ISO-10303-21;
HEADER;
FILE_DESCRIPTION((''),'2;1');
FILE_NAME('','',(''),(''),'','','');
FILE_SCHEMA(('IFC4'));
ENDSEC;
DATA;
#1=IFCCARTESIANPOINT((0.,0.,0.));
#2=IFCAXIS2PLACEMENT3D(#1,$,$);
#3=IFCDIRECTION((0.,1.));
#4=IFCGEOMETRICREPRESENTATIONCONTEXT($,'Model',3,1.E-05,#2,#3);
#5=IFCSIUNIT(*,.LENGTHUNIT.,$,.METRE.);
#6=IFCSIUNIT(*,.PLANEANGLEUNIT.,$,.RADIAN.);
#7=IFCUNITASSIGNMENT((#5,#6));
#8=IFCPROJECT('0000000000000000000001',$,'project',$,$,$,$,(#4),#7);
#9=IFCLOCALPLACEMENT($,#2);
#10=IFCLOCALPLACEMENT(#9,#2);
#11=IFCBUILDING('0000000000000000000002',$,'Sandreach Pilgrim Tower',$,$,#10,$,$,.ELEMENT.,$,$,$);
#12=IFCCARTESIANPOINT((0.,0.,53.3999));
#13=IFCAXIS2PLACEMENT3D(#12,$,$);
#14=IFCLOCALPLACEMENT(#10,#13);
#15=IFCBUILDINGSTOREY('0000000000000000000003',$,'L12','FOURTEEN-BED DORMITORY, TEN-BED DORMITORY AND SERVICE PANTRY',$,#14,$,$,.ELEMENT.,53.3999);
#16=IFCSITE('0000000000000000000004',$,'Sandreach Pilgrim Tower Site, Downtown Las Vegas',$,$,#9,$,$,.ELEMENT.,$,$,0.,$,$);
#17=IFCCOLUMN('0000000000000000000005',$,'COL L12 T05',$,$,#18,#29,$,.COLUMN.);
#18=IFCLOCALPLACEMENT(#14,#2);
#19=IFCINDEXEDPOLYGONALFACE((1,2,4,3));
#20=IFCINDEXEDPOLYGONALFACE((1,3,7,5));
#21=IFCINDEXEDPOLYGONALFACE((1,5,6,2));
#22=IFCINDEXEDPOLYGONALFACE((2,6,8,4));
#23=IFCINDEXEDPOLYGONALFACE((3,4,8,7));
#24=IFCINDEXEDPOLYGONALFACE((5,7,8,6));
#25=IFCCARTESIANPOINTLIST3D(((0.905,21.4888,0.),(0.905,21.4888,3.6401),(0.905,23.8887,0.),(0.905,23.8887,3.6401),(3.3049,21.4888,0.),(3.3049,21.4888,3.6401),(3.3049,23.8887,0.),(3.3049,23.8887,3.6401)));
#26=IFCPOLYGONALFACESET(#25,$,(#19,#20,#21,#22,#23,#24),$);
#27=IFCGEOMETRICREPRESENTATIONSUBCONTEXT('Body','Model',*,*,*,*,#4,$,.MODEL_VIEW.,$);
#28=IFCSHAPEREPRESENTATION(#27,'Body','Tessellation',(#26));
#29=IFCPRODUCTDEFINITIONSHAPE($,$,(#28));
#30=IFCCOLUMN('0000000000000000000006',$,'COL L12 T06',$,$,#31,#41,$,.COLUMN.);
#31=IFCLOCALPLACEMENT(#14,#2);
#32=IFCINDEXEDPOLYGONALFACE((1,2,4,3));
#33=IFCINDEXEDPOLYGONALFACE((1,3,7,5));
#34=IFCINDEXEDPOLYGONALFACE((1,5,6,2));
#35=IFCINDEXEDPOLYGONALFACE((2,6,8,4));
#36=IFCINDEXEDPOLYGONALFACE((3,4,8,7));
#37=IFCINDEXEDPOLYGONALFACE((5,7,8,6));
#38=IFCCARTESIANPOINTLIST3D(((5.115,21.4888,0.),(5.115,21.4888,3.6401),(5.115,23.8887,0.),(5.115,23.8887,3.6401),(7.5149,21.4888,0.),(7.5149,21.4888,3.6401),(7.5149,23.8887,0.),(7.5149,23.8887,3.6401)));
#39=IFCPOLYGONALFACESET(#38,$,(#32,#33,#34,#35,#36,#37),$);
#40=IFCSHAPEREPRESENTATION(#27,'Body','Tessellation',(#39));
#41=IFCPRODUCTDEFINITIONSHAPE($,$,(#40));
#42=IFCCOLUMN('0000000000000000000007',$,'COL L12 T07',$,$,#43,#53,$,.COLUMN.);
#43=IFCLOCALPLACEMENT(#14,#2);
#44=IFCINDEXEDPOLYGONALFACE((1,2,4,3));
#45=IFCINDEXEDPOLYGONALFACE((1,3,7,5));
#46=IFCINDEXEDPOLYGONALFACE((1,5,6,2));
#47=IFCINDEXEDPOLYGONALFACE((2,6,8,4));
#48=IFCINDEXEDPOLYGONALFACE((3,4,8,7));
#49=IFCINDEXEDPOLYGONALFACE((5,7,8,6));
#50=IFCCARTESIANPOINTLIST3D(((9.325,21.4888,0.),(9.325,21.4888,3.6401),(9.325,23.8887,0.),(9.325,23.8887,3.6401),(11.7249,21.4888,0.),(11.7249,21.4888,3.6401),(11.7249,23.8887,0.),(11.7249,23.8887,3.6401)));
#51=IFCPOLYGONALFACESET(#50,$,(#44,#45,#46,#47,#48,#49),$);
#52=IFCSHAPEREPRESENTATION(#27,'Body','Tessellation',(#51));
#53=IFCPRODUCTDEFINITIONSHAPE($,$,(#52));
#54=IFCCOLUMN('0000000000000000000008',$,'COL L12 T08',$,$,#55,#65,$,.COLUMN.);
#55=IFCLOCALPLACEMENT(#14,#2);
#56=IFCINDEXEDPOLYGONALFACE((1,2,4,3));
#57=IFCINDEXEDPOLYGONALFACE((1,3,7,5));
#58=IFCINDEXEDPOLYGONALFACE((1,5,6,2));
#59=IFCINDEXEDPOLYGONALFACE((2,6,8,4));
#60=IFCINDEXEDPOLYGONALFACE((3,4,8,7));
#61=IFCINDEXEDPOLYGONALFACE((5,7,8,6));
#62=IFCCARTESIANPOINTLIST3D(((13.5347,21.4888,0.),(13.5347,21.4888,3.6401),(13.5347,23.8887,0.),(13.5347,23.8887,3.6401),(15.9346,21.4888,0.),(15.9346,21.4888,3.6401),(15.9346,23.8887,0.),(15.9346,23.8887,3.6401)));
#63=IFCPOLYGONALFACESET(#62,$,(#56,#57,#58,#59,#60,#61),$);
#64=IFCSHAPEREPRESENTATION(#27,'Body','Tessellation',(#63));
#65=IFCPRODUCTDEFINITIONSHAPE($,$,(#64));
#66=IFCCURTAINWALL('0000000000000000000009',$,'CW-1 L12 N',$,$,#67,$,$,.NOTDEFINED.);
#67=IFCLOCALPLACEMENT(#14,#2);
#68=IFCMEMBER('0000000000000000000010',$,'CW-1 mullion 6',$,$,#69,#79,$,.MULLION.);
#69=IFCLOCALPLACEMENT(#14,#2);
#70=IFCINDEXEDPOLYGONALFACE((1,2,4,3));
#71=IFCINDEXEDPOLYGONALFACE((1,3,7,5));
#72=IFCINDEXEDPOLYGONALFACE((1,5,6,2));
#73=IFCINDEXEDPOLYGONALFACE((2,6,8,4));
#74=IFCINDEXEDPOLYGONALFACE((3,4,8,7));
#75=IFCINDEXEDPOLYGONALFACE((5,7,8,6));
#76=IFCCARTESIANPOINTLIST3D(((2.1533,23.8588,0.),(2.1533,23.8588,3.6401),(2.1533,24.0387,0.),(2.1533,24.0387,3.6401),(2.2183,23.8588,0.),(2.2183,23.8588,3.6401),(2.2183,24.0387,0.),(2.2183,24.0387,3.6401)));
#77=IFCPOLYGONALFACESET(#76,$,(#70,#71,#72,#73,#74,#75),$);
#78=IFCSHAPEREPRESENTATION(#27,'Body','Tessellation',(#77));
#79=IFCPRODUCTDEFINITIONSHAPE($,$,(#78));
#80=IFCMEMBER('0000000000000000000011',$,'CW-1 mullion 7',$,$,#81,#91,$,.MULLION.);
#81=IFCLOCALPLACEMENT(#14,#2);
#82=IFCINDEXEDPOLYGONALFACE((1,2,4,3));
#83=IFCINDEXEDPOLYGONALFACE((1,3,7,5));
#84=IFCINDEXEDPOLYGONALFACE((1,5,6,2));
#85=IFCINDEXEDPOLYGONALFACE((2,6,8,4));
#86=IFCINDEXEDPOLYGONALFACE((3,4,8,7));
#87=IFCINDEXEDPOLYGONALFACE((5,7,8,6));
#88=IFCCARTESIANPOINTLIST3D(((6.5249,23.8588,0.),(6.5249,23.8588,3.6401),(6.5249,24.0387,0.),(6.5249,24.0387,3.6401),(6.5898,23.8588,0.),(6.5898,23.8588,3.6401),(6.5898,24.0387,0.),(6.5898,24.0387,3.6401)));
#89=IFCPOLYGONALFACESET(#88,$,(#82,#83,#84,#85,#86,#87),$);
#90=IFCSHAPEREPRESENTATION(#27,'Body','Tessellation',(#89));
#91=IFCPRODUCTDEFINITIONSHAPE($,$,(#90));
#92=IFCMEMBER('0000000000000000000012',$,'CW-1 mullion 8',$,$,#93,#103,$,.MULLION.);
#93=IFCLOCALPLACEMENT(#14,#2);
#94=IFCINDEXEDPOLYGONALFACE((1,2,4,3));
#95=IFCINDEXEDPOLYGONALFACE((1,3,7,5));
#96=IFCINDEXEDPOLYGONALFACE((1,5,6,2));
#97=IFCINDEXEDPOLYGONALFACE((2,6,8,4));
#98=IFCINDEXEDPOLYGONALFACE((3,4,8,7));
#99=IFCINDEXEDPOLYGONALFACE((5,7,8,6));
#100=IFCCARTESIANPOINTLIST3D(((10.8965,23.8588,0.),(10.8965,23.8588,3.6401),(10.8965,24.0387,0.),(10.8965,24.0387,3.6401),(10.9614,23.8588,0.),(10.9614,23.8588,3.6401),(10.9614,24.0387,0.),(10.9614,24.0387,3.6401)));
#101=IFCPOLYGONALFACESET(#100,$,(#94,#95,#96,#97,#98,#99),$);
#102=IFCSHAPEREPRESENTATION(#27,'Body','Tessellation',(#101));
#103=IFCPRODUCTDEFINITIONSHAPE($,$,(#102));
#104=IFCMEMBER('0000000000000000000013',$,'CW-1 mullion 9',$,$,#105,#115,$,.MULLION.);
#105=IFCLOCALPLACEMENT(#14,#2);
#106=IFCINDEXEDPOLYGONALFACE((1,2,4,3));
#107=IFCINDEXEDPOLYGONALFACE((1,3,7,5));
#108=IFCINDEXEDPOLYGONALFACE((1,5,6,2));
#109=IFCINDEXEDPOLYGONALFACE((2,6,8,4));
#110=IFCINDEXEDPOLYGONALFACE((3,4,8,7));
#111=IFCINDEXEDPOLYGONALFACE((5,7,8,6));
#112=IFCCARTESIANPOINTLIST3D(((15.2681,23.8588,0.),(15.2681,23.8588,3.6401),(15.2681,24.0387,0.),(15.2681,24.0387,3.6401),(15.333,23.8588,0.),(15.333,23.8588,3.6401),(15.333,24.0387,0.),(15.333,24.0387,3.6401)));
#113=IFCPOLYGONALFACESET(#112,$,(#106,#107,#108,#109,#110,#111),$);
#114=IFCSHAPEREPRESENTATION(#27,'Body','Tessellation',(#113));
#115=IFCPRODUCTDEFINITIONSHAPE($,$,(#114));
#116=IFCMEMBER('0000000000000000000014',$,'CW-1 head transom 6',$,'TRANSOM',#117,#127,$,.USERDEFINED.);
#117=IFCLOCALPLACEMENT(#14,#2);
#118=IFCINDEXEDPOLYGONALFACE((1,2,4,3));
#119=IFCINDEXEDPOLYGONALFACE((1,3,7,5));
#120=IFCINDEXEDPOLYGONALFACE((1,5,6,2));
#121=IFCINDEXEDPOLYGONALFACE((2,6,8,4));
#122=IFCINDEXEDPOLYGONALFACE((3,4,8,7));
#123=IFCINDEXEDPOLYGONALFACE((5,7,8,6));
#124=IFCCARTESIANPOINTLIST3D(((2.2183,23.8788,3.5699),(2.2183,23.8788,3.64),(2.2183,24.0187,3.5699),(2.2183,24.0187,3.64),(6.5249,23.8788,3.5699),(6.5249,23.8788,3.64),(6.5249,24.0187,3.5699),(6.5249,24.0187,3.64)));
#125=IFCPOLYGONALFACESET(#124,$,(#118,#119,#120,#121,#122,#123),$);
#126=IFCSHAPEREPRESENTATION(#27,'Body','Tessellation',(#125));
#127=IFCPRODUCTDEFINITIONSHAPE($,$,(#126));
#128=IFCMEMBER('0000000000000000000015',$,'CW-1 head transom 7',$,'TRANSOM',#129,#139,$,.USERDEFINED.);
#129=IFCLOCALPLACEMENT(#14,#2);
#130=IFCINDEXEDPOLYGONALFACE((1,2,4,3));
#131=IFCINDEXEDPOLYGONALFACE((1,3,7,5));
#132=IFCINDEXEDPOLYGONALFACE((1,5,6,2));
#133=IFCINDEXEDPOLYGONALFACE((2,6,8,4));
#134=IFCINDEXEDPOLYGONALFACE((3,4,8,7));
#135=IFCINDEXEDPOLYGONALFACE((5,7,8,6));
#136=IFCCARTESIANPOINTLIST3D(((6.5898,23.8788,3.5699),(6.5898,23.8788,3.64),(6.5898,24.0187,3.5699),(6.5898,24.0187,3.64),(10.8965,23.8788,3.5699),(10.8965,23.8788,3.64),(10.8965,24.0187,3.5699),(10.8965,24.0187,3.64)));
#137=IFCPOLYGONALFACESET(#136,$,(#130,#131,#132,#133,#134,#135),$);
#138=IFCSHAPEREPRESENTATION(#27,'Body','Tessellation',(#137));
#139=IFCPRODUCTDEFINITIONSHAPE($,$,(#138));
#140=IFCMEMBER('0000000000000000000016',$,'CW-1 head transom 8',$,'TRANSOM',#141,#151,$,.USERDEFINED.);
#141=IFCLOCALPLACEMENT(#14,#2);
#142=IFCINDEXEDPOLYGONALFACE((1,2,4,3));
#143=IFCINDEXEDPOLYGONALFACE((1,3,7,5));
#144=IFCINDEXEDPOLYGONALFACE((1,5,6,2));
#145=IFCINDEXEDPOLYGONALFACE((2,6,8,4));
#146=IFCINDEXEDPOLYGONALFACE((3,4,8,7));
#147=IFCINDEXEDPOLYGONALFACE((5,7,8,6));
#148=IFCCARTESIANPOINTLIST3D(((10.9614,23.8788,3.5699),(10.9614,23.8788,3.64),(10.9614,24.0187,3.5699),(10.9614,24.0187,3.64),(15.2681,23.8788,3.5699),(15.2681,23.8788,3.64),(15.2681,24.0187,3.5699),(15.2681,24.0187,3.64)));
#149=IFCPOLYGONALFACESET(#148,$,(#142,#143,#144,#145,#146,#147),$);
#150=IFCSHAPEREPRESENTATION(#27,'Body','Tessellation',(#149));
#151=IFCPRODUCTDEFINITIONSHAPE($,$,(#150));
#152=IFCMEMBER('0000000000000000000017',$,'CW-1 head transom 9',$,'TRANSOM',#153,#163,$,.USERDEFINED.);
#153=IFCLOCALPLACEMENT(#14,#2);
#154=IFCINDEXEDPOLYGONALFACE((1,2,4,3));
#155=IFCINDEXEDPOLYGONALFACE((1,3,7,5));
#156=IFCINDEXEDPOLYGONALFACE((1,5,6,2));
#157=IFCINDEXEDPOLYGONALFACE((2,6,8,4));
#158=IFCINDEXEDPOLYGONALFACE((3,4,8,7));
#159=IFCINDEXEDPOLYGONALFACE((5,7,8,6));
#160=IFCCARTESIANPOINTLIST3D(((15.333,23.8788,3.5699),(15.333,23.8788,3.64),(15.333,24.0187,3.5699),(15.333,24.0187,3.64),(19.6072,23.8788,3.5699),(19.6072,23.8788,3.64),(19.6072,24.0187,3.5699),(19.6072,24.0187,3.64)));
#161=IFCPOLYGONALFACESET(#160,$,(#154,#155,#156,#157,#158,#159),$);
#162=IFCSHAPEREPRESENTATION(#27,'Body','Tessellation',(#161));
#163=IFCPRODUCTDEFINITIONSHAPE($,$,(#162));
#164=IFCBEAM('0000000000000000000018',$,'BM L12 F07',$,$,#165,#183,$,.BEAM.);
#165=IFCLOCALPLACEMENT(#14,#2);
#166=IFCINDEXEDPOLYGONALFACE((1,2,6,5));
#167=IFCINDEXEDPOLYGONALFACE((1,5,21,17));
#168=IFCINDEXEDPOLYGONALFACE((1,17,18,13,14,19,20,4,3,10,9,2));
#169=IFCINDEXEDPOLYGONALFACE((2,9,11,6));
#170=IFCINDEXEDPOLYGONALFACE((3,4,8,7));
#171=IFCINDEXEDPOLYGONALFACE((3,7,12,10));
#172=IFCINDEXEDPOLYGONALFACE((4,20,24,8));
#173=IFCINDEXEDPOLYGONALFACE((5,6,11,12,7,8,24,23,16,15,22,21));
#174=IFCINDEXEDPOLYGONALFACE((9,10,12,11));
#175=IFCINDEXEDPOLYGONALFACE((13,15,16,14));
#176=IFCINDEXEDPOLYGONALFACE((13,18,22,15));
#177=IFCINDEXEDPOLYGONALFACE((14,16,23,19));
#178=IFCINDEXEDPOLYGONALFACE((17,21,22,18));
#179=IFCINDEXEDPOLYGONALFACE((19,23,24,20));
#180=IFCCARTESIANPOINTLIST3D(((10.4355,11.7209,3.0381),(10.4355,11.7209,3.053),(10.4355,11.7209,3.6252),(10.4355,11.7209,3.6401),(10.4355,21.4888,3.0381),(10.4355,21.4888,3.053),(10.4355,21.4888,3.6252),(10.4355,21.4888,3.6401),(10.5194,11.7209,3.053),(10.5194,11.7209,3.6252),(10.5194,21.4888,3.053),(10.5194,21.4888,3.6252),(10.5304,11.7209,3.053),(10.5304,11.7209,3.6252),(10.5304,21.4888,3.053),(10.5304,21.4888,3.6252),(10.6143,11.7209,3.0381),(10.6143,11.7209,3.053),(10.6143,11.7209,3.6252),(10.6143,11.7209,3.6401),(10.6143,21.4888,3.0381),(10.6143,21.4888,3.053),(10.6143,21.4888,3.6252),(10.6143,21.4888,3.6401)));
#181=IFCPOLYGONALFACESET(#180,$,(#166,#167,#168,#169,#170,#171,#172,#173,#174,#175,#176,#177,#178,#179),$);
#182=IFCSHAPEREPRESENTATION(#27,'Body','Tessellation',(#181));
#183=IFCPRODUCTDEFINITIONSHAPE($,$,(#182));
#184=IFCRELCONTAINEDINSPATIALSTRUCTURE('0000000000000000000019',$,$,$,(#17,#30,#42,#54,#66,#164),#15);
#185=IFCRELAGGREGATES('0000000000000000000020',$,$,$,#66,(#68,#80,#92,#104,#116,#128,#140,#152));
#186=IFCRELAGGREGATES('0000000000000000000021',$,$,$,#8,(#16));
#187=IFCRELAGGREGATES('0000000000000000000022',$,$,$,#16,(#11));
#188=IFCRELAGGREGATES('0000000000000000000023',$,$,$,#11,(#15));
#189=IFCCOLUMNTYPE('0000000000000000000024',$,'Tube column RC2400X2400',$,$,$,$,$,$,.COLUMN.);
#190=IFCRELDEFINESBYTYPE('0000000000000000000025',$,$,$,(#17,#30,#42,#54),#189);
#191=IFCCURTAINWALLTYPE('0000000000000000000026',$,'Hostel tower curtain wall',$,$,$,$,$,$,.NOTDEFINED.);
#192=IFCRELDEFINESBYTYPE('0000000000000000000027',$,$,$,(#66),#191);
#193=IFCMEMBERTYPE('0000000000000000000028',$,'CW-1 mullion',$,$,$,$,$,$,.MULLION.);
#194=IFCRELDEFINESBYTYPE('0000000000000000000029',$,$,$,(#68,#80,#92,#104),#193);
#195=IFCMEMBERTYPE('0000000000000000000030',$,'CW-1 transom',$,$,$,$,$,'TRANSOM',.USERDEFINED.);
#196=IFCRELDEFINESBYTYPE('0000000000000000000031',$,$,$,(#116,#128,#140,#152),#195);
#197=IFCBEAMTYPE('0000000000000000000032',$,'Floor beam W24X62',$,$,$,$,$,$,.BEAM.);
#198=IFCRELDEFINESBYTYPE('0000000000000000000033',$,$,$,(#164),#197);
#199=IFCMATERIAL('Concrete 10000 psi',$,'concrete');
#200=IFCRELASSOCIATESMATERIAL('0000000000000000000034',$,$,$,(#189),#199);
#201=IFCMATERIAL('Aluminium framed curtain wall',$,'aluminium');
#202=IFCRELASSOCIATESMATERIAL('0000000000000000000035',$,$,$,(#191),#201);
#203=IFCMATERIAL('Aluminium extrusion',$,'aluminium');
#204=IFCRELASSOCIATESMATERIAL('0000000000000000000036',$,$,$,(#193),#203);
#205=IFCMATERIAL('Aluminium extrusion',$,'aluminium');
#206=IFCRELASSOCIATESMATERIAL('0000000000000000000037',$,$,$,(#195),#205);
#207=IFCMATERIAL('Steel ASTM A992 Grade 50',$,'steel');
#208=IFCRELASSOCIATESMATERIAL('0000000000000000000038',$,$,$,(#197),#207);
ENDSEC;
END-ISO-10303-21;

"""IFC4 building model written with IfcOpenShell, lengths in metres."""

from ifc_helpers import new_model, si_unit, direction, frame, origin, origin_2d, place, context, subcontext, project, spatial, rectangle, i_section, extrude, clip, halfspace, material, material_profile, profile_set, type_object, element, aggregate, save


model = new_model("IFC4")

# Units and contexts
model_context = context("Model", 3, precision=1e-05, world=origin(), true_north=direction((0.0, 1.0)))
body_context = subcontext(model_context, "Body", "Model", "MODEL_VIEW")
ifc_project = project(units=[si_unit("LENGTHUNIT", "METRE"), si_unit("PLANEANGLEUNIT", "RADIAN")], contexts=[model_context])

# Site, building, storey
site_placement = place(None, origin())
site = spatial("IfcSite", under=ifc_project, at=site_placement, Name="Sandreach Pilgrim Tower Site, Downtown Las Vegas", CompositionType="ELEMENT", RefElevation=0.0)
building_placement = place(site_placement, origin())
building = spatial("IfcBuilding", under=site, at=building_placement, Name="Sandreach Pilgrim Tower", CompositionType="ELEMENT")
storey_placement = place(building_placement, frame((0.0, 0.0, 53.3999)))
storey = spatial("IfcBuildingStorey", under=building, at=storey_placement, Name="L12", Description="FOURTEEN-BED DORMITORY, TEN-BED DORMITORY AND SERVICE PANTRY", CompositionType="ELEMENT", Elevation=53.3999)

# Columns
ifc_material_1 = material(Name="Concrete 10000 psi", Category="concrete")
ifc_material_profile_1 = material_profile(ifc_material_1, rectangle(XDim=2.3999, YDim=2.3999, at=origin_2d()), Name="RC2400X2400")
ifc_profile_set_1 = profile_set([ifc_material_profile_1], Name="Concrete 10000 psi")
column_type = type_object("IfcColumnType", Name="Tube column RC2400X2400", PredefinedType="COLUMN", material=ifc_profile_set_1)
column_1_placement = place(storey_placement, frame((2.105, 22.6887, 0.0), z_axis=(0.0, 0.0, 1.0), x_axis=(0.0, 1.0, 0.0)))
element("IfcColumn", 1, at=column_1_placement, inside=storey, type_object=column_type, Name="COL L12 T05", PredefinedType="COLUMN", context=body_context, shape_type="SweptSolid", body=[
    clip(extrude(rectangle(XDim=2.3999, YDim=2.3999, at=origin_2d()), origin(), (0.0, 0.0, 1.0), 3.752), halfspace(frame((0.0, 0.0, 3.6401)), False)),
])
column_2_placement = place(storey_placement, frame((6.3149, 22.6887, 0.0), z_axis=(0.0, 0.0, 1.0), x_axis=(0.0, 1.0, 0.0)))
element("IfcColumn", 2, at=column_2_placement, inside=storey, type_object=column_type, Name="COL L12 T06", PredefinedType="COLUMN", context=body_context, shape_type="SweptSolid", body=[
    clip(extrude(rectangle(XDim=2.3999, YDim=2.3999, at=origin_2d()), origin(), (0.0, 0.0, 1.0), 3.7439), halfspace(frame((0.0, 0.0, 3.6401)), False)),
])
column_3_placement = place(storey_placement, frame((10.5249, 22.6887, 0.0), z_axis=(0.0, 0.0, 1.0), x_axis=(0.0, 1.0, 0.0)))
element("IfcColumn", 3, at=column_3_placement, inside=storey, type_object=column_type, Name="COL L12 T07", PredefinedType="COLUMN", context=body_context, shape_type="SweptSolid", body=[
    clip(extrude(rectangle(XDim=2.3999, YDim=2.3999, at=origin_2d()), origin(), (0.0, 0.0, 1.0), 3.7356), halfspace(frame((0.0, 0.0, 3.6401)), False)),
])
column_4_placement = place(storey_placement, frame((14.7346, 22.6887, 0.0), z_axis=(0.0, 0.0, 1.0), x_axis=(0.0, 1.0, 0.0)))
element("IfcColumn", 4, at=column_4_placement, inside=storey, type_object=column_type, Name="COL L12 T08", PredefinedType="COLUMN", context=body_context, shape_type="SweptSolid", body=[
    clip(extrude(rectangle(XDim=2.3999, YDim=2.3999, at=origin_2d()), origin(), (0.0, 0.0, 1.0), 3.7275), halfspace(frame((0.0, 0.0, 3.6401)), False)),
])

# Curtain wall, members
ifc_material_2 = material(Name="Aluminium framed curtain wall", Category="aluminium")
curtain_wall_type = type_object("IfcCurtainWallType", Name="Hostel tower curtain wall", PredefinedType="NOTDEFINED", material=ifc_material_2)
curtain_wall_placement = place(storey_placement, origin())
curtain_wall = element("IfcCurtainWall", 5, at=curtain_wall_placement, inside=storey, type_object=curtain_wall_type, Name="CW-1 L12 N", PredefinedType="NOTDEFINED")
ifc_material_3 = material(Name="Aluminium extrusion", Category="aluminium")
ifc_material_profile_2 = material_profile(ifc_material_3, rectangle(XDim=0.0649, YDim=0.1799, at=origin_2d()), Name="CW-1M 65X180")
ifc_profile_set_2 = profile_set([ifc_material_profile_2], Name="Aluminium extrusion")
member_type_1 = type_object("IfcMemberType", Name="CW-1 mullion", PredefinedType="MULLION", material=ifc_profile_set_2)
member_1_placement = place(storey_placement, frame((2.1858, 23.9487, 0.0), z_axis=(0.0, 0.0, 1.0), x_axis=(1.0, 0.0, 0.0)))
member_1 = element("IfcMember", 6, at=member_1_placement, type_object=member_type_1, Name="CW-1 mullion 6", PredefinedType="MULLION", context=body_context, shape_type="SweptSolid", body=[
    extrude(rectangle(XDim=0.0649, YDim=0.1799, at=origin_2d()), origin(), (0.0, 0.0, 1.0), 3.6401),
])
member_2_placement = place(storey_placement, frame((6.5574, 23.9487, 0.0), z_axis=(0.0, 0.0, 1.0), x_axis=(1.0, 0.0, 0.0)))
member_2 = element("IfcMember", 7, at=member_2_placement, type_object=member_type_1, Name="CW-1 mullion 7", PredefinedType="MULLION", context=body_context, shape_type="SweptSolid", body=[
    extrude(rectangle(XDim=0.0649, YDim=0.1799, at=origin_2d()), origin(), (0.0, 0.0, 1.0), 3.6401),
])
member_3_placement = place(storey_placement, frame((10.929, 23.9487, 0.0), z_axis=(0.0, 0.0, 1.0), x_axis=(1.0, 0.0, 0.0)))
member_3 = element("IfcMember", 8, at=member_3_placement, type_object=member_type_1, Name="CW-1 mullion 8", PredefinedType="MULLION", context=body_context, shape_type="SweptSolid", body=[
    extrude(rectangle(XDim=0.0649, YDim=0.1799, at=origin_2d()), origin(), (0.0, 0.0, 1.0), 3.6401),
])
member_4_placement = place(storey_placement, frame((15.3005, 23.9487, 0.0), z_axis=(0.0, 0.0, 1.0), x_axis=(1.0, 0.0, 0.0)))
member_4 = element("IfcMember", 9, at=member_4_placement, type_object=member_type_1, Name="CW-1 mullion 9", PredefinedType="MULLION", context=body_context, shape_type="SweptSolid", body=[
    extrude(rectangle(XDim=0.0649, YDim=0.1799, at=origin_2d()), origin(), (0.0, 0.0, 1.0), 3.6401),
])
ifc_material_4 = material(Name="Aluminium extrusion", Category="aluminium")
ifc_material_profile_3 = material_profile(ifc_material_4, rectangle(XDim=0.1399, YDim=0.0701, at=origin_2d()), Name="CW-1T 140X70")
ifc_profile_set_3 = profile_set([ifc_material_profile_3], Name="Aluminium extrusion")
member_type_2 = type_object("IfcMemberType", Name="CW-1 transom", ElementType="TRANSOM", PredefinedType="USERDEFINED", material=ifc_profile_set_3)
member_5_placement = place(storey_placement, frame((2.2183, 23.9487, 3.605), z_axis=(1.0, 0.0, 0.0), x_axis=(0.0, 1.0, 0.0)))
member_5 = element("IfcMember", 10, at=member_5_placement, type_object=member_type_2, Name="CW-1 head transom 6", ObjectType="TRANSOM", PredefinedType="USERDEFINED", context=body_context, shape_type="SweptSolid", body=[
    extrude(rectangle(XDim=0.1399, YDim=0.0701, at=origin_2d()), origin(), (0.0, 0.0, 1.0), 4.3066),
])
member_6_placement = place(storey_placement, frame((6.5898, 23.9487, 3.605), z_axis=(1.0, 0.0, 0.0), x_axis=(0.0, 1.0, 0.0)))
member_6 = element("IfcMember", 11, at=member_6_placement, type_object=member_type_2, Name="CW-1 head transom 7", ObjectType="TRANSOM", PredefinedType="USERDEFINED", context=body_context, shape_type="SweptSolid", body=[
    extrude(rectangle(XDim=0.1399, YDim=0.0701, at=origin_2d()), origin(), (0.0, 0.0, 1.0), 4.3066),
])
member_7_placement = place(storey_placement, frame((10.9614, 23.9487, 3.605), z_axis=(1.0, 0.0, 0.0), x_axis=(0.0, 1.0, 0.0)))
member_7 = element("IfcMember", 12, at=member_7_placement, type_object=member_type_2, Name="CW-1 head transom 8", ObjectType="TRANSOM", PredefinedType="USERDEFINED", context=body_context, shape_type="SweptSolid", body=[
    extrude(rectangle(XDim=0.1399, YDim=0.0701, at=origin_2d()), origin(), (0.0, 0.0, 1.0), 4.3066),
])
member_8_placement = place(storey_placement, frame((15.333, 23.9487, 3.605), z_axis=(1.0, 0.0, 0.0), x_axis=(0.0, 1.0, 0.0)))
member_8 = element("IfcMember", 13, at=member_8_placement, type_object=member_type_2, Name="CW-1 head transom 9", ObjectType="TRANSOM", PredefinedType="USERDEFINED", context=body_context, shape_type="SweptSolid", body=[
    extrude(rectangle(XDim=0.1399, YDim=0.0701, at=origin_2d()), origin(), (0.0, 0.0, 1.0), 4.2742),
])

# Beam
ifc_material_5 = material(Name="Steel ASTM A992 Grade 50", Category="steel")
ifc_material_profile_4 = material_profile(ifc_material_5, i_section(OverallWidth=0.1787, OverallDepth=0.6021, WebThickness=0.011, FlangeThickness=0.0149, at=origin_2d()), Name="W24X62")
ifc_profile_set_4 = profile_set([ifc_material_profile_4], Name="Steel ASTM A992 Grade 50")
beam_type_1 = type_object("IfcBeamType", Name="Floor beam W24X62", PredefinedType="BEAM", material=ifc_profile_set_4)
beam_1_placement = place(storey_placement, frame((10.5249, 21.4888, 3.3391), z_axis=(0.0, -1.0, 0.0), x_axis=(1.0, 0.0, 0.0)))
element("IfcBeam", 14, at=beam_1_placement, inside=storey, type_object=beam_type_1, Name="BM L12 F07", PredefinedType="BEAM", context=body_context, shape_type="SweptSolid", body=[
    extrude(i_section(OverallWidth=0.1787, OverallDepth=0.6021, WebThickness=0.011, FlangeThickness=0.0149, at=origin_2d()), origin(), (0.0, 0.0, 1.0), 9.7678),
])

aggregate(curtain_wall, [member_1, member_2, member_3, member_4, member_5, member_6, member_7, member_8])

save(model, "model.ifc")
